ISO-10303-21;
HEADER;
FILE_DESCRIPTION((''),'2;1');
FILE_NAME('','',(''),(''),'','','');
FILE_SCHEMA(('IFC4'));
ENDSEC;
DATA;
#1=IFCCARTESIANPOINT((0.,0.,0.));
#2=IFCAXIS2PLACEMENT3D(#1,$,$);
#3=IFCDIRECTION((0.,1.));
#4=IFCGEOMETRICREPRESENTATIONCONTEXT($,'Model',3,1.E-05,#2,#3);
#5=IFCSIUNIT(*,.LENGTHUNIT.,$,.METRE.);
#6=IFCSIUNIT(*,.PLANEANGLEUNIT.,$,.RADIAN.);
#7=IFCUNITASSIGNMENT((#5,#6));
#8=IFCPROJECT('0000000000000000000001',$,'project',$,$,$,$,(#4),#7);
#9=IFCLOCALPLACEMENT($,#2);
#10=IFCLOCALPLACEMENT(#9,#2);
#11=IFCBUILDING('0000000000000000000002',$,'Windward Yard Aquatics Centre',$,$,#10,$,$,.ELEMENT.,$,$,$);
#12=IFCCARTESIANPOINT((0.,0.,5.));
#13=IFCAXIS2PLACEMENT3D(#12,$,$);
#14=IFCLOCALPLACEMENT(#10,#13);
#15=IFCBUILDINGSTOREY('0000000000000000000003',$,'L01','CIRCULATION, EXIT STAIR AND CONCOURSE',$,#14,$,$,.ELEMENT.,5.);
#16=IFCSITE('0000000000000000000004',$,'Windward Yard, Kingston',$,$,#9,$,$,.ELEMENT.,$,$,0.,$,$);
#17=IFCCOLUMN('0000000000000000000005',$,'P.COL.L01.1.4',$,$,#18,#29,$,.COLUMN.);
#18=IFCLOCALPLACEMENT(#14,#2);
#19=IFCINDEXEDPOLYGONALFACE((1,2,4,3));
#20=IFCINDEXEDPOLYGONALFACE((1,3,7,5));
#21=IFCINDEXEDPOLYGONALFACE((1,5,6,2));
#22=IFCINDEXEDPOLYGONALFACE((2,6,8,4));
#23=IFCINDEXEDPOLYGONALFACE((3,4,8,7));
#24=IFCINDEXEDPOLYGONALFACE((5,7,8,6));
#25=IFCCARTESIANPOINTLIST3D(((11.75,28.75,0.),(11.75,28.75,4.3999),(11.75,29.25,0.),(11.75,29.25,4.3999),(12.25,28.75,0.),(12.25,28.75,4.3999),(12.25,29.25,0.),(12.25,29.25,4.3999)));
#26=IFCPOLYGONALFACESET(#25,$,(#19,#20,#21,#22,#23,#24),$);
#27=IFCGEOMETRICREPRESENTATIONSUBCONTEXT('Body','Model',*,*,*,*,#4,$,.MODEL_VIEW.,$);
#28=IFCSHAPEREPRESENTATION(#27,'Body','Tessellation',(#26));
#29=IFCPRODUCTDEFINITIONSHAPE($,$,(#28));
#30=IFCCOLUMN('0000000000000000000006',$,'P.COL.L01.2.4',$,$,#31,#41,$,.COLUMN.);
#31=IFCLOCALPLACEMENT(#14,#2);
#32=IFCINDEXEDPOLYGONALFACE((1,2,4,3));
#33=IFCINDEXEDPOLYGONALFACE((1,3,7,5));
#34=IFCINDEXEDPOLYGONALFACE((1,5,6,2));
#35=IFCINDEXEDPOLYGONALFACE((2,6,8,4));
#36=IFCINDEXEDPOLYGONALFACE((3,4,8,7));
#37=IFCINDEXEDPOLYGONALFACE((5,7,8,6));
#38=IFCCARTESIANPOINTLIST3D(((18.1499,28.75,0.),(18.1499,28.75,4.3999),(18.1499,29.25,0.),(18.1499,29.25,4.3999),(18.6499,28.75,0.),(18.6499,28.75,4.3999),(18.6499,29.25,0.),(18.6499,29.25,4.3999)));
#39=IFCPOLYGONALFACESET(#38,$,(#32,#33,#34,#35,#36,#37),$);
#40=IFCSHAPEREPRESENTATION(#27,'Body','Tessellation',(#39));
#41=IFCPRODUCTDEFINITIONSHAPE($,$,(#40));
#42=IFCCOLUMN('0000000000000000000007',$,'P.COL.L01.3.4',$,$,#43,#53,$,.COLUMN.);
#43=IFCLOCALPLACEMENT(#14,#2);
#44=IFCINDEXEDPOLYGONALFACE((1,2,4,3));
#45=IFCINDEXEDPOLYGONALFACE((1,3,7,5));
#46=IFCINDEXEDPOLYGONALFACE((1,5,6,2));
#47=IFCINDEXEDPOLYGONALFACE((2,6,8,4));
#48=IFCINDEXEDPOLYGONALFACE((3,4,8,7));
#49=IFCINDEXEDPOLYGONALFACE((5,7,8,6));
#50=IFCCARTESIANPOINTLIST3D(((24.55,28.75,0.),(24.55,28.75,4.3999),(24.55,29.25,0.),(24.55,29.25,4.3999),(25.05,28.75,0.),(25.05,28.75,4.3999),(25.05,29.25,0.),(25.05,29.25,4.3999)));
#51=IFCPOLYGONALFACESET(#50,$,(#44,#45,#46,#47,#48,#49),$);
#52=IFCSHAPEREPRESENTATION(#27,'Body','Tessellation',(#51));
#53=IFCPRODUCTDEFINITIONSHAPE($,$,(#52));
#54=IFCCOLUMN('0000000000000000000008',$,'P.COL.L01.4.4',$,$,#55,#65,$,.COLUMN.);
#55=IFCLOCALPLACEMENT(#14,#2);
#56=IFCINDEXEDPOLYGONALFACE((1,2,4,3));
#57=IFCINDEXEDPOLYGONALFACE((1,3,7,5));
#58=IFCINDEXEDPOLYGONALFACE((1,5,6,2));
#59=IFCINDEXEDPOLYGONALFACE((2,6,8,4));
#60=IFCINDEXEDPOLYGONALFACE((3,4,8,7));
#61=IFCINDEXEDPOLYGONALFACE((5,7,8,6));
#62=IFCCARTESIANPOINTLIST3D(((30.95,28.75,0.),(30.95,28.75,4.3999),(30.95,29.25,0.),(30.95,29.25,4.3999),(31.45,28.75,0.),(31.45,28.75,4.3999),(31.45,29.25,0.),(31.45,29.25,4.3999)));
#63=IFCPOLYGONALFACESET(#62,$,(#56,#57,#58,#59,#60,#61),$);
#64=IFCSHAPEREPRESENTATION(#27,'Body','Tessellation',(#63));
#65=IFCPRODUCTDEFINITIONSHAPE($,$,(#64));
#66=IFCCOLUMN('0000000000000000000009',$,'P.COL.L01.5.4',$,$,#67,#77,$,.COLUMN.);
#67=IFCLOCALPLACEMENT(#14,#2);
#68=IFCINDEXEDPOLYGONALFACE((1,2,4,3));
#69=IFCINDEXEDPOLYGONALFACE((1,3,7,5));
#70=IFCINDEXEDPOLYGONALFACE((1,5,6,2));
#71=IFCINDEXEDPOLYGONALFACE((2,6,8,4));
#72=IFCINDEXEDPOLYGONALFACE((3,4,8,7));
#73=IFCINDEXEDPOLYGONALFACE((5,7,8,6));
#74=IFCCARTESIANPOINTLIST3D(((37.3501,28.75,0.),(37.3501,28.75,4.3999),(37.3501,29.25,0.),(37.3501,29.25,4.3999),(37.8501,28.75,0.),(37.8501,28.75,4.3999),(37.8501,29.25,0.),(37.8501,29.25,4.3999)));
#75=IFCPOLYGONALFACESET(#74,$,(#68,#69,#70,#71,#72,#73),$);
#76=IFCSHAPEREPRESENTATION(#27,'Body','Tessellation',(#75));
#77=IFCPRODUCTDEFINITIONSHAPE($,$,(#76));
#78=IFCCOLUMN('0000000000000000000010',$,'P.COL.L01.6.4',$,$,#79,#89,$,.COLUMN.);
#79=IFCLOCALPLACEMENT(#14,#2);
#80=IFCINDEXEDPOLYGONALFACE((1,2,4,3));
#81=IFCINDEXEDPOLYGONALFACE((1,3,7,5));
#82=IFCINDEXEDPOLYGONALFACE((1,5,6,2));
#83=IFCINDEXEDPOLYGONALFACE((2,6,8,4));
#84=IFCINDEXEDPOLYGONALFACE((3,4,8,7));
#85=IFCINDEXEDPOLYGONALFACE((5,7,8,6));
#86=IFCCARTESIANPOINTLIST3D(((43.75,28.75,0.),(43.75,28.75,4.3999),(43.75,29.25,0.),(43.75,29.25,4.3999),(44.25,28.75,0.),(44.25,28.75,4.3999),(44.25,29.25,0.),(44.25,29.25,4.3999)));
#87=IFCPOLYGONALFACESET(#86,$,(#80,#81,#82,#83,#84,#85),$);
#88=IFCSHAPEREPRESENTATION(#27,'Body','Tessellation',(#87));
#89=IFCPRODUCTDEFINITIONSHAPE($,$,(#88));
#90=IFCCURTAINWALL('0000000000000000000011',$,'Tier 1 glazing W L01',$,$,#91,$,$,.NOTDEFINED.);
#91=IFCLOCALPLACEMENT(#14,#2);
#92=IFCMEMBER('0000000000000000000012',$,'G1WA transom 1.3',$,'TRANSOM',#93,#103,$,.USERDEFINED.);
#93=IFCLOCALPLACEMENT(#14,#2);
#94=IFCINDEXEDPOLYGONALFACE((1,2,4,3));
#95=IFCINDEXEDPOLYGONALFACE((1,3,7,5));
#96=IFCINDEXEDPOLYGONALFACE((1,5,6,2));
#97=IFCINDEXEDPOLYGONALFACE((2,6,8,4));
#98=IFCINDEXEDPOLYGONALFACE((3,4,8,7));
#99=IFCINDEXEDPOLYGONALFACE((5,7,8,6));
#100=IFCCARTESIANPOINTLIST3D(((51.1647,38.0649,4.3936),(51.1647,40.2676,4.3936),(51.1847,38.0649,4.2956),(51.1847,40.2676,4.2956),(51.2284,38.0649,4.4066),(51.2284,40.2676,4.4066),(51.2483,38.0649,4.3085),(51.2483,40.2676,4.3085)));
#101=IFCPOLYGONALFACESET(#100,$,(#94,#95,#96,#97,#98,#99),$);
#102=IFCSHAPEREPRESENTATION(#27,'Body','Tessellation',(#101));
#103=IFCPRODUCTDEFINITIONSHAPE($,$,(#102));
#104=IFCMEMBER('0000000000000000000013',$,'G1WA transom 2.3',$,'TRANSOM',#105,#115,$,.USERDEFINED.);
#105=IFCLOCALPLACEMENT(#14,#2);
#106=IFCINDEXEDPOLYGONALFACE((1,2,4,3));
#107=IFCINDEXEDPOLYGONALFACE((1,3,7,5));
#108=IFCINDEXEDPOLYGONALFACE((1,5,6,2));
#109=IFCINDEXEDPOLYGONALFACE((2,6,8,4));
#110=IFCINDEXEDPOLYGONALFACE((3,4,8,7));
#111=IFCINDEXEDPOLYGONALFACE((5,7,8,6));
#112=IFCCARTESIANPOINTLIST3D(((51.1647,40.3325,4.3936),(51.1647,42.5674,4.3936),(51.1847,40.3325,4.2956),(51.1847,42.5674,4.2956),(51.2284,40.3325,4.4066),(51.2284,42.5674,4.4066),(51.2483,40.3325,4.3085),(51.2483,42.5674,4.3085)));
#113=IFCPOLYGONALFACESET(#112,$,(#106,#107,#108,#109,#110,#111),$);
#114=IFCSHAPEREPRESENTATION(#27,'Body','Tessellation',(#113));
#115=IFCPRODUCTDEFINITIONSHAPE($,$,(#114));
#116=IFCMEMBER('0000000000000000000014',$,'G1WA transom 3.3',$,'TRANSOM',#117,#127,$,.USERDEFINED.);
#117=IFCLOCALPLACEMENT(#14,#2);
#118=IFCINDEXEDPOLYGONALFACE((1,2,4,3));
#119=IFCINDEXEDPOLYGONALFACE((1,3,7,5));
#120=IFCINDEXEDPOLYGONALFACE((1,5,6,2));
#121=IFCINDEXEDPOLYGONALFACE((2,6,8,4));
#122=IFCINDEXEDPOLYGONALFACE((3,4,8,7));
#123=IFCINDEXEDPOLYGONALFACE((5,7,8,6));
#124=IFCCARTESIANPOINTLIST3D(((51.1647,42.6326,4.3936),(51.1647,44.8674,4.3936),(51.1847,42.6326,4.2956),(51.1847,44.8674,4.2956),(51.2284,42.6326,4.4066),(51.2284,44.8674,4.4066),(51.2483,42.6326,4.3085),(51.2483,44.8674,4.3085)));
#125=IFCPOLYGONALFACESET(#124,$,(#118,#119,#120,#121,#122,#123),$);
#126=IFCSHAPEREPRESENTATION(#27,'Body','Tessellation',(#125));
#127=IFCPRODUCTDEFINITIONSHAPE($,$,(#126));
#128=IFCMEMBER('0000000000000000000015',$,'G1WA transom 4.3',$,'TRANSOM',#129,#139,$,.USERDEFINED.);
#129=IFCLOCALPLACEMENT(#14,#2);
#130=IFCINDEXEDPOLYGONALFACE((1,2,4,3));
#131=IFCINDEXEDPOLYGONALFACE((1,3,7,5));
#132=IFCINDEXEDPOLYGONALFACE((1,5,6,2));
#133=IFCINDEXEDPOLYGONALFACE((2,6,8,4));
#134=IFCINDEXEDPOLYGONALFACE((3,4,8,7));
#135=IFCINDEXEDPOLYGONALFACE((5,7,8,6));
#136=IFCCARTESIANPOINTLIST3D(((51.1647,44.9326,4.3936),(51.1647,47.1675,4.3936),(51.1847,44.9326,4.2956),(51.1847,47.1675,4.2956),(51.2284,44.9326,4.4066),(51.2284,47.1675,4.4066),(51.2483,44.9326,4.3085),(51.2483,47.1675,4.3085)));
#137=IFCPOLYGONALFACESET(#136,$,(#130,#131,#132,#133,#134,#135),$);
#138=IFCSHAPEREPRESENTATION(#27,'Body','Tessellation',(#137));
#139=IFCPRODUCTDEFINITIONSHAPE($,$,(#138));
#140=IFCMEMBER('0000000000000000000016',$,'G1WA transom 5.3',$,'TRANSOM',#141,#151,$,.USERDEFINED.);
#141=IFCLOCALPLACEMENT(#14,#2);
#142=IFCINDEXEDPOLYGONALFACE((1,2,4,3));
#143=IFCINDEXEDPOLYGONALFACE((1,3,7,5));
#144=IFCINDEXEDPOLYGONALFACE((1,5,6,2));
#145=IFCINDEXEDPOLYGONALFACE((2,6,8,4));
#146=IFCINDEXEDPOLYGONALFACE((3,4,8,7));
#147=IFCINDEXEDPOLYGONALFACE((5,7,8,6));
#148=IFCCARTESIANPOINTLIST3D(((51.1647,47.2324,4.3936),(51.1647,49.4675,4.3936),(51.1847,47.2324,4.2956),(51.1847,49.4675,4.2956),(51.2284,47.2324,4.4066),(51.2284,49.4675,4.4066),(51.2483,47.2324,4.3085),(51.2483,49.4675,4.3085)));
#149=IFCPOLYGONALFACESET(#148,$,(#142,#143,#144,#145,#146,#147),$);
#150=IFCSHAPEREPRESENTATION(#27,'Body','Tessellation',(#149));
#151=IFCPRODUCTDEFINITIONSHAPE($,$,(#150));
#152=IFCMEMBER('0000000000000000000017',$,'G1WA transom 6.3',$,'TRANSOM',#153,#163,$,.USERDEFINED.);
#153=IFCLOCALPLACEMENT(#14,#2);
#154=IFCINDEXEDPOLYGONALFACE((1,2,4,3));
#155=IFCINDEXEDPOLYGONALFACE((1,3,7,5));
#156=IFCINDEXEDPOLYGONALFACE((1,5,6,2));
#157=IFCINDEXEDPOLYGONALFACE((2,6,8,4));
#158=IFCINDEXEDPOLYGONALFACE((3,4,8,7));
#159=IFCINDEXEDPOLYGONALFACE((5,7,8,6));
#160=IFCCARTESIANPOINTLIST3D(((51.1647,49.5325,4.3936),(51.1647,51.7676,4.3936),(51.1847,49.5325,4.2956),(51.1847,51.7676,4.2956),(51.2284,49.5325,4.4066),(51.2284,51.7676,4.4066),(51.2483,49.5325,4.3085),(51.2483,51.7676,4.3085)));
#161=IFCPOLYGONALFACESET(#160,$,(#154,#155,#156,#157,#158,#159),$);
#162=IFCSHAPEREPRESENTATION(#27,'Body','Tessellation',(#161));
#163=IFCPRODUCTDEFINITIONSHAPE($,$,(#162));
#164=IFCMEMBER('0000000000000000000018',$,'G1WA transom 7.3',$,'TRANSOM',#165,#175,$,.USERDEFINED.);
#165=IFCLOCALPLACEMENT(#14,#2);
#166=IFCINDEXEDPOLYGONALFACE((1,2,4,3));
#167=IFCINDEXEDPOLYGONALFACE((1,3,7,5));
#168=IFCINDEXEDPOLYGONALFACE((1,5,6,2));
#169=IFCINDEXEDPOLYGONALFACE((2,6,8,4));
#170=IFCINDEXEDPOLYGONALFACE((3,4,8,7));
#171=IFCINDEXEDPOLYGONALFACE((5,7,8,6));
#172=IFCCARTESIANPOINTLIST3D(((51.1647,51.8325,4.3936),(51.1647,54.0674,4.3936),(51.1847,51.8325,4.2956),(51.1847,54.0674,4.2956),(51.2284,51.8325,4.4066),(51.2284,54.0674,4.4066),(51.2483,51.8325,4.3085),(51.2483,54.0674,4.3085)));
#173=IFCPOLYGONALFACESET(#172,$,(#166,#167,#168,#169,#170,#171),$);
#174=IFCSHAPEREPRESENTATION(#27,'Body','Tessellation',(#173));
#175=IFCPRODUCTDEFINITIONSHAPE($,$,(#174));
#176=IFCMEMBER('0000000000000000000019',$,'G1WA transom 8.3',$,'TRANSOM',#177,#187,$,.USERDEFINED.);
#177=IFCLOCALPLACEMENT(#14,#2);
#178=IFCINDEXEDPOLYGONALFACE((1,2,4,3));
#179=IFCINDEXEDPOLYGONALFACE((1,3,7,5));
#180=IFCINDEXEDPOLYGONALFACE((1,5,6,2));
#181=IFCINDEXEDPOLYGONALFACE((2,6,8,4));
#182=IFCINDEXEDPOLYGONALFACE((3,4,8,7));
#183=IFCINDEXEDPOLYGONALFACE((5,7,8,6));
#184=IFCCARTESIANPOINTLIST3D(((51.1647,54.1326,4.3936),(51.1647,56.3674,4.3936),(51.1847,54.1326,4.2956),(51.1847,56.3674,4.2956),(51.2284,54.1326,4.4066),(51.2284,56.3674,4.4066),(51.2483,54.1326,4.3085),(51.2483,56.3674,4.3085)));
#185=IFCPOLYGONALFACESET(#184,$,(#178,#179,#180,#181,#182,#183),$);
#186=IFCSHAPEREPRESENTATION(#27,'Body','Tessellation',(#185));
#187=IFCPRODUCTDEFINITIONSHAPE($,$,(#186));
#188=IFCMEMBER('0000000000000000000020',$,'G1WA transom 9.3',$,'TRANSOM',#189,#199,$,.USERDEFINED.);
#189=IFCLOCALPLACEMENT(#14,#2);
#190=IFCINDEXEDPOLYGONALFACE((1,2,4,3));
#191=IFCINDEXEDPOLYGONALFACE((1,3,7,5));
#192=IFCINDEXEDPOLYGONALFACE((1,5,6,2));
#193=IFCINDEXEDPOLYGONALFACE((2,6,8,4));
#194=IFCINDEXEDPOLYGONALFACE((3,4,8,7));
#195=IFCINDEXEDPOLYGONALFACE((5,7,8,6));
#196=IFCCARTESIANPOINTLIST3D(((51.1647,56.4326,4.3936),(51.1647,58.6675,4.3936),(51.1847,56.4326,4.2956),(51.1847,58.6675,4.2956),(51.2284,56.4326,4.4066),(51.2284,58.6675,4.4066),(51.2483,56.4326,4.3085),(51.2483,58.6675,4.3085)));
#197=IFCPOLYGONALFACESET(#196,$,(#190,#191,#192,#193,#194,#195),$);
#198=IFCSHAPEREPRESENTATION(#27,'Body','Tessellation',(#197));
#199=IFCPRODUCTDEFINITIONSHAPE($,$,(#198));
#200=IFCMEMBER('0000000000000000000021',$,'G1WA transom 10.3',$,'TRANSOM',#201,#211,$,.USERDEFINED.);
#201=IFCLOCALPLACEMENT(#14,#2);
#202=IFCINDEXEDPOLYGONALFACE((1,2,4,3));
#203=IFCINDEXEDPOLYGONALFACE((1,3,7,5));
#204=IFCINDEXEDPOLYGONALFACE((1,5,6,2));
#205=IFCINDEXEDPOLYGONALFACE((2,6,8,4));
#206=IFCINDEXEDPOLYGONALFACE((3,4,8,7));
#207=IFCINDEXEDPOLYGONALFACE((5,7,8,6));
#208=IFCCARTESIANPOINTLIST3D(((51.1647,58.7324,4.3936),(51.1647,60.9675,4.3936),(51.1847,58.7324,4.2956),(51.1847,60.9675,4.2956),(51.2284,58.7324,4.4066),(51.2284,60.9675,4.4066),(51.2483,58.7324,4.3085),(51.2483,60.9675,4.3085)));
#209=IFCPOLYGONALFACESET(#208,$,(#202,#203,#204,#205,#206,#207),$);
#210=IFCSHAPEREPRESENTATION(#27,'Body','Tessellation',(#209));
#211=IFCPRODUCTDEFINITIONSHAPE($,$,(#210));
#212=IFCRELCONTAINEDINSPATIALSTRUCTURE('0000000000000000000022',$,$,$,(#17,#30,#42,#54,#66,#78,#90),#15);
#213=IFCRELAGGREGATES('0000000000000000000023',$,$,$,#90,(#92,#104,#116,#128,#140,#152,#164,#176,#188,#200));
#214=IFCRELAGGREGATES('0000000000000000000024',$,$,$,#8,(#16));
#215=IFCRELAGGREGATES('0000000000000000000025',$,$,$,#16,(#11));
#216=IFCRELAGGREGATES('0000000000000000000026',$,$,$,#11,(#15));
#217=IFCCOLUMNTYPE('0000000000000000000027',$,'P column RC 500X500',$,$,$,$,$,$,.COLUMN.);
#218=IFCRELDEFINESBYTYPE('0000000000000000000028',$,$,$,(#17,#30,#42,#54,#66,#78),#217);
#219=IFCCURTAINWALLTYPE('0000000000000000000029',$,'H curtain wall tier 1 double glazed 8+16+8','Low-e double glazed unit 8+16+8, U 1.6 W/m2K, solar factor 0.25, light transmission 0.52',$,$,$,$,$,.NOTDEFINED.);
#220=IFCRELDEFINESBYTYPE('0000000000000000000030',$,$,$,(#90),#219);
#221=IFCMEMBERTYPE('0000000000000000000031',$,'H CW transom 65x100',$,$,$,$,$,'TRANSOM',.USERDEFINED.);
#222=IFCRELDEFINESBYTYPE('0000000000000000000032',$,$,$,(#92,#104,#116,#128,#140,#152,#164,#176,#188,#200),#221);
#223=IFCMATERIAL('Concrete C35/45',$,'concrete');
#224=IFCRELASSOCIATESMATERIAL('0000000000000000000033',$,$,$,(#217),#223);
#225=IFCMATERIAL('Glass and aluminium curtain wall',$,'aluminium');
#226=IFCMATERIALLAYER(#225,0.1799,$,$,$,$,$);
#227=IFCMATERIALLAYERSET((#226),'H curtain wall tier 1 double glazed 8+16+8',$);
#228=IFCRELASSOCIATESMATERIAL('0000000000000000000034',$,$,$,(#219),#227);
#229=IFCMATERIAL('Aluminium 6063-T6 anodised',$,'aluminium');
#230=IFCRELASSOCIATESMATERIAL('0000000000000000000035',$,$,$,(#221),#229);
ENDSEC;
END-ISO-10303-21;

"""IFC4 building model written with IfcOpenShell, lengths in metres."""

from ifc_helpers import new_model, si_unit, direction, frame, origin, origin_2d, place, context, subcontext, project, spatial, rectangle, extrude, material, layer, layer_set, material_profile, profile_set, type_object, element, aggregate, save


model = new_model("IFC4")

# Units and contexts
model_context = context("Model", 3, precision=1e-05, world=origin(), true_north=direction((0.0, 1.0)))
body_context = subcontext(model_context, "Body", "Model", "MODEL_VIEW")
ifc_project = project(units=[si_unit("LENGTHUNIT", "METRE"), si_unit("PLANEANGLEUNIT", "RADIAN")], contexts=[model_context])

# Site, building, storey
site_placement = place(None, origin())
site = spatial("IfcSite", under=ifc_project, at=site_placement, Name="Windward Yard, Kingston", CompositionType="ELEMENT", RefElevation=0.0)
building_placement = place(site_placement, origin())
building = spatial("IfcBuilding", under=site, at=building_placement, Name="Windward Yard Aquatics Centre", CompositionType="ELEMENT")
storey_placement = place(building_placement, frame((0.0, 0.0, 5.0)))
storey = spatial("IfcBuildingStorey", under=building, at=storey_placement, Name="L01", Description="CIRCULATION, EXIT STAIR AND CONCOURSE", CompositionType="ELEMENT", Elevation=5.0)

# Columns
ifc_material_1 = material(Name="Concrete C35/45", Category="concrete")
ifc_material_profile_1 = material_profile(ifc_material_1, rectangle(XDim=0.5, YDim=0.5, at=origin_2d()), Name="RC 500X500")
ifc_profile_set_1 = profile_set([ifc_material_profile_1], Name="Concrete C35/45")
column_type = type_object("IfcColumnType", Name="P column RC 500X500", PredefinedType="COLUMN", material=ifc_profile_set_1)
for number, where, z_axis, x_axis, name in (
    (1, (12.0, 29.0, 0.0), (0.0, 0.0, 1.0), (1.0, 0.0, 0.0), "P.COL.L01.1.4"),
    (2, (18.3999, 29.0, 0.0), (0.0, 0.0, 1.0), (1.0, 0.0, 0.0), "P.COL.L01.2.4"),
    (3, (24.8, 29.0, 0.0), (0.0, 0.0, 1.0), (1.0, 0.0, 0.0), "P.COL.L01.3.4"),
    (4, (31.2, 29.0, 0.0), (0.0, 0.0, 1.0), (1.0, 0.0, 0.0), "P.COL.L01.4.4"),
    (5, (37.6001, 29.0, 0.0), (0.0, 0.0, 1.0), (1.0, 0.0, 0.0), "P.COL.L01.5.4"),
    (6, (44.0, 29.0, 0.0), (0.0, 0.0, 1.0), (1.0, 0.0, 0.0), "P.COL.L01.6.4"),
):
    element("IfcColumn", number, at=place(storey_placement, frame(where, z_axis=z_axis, x_axis=x_axis)), inside=storey, type_object=column_type, Name=name, PredefinedType="COLUMN", context=body_context, shape_type="SweptSolid", body=[
        extrude(rectangle(XDim=0.5, YDim=0.5, at=origin_2d()), origin(), (0.0, 0.0, 1.0), 4.3999),
    ])

# Curtain wall, members
ifc_material_2 = material(Name="Glass and aluminium curtain wall", Category="aluminium")
ifc_layer_1 = layer(ifc_material_2, 0.1799)
ifc_layer_set_1 = layer_set([ifc_layer_1], Name="H curtain wall tier 1 double glazed 8+16+8")
curtain_wall_type = type_object("IfcCurtainWallType", Name="H curtain wall tier 1 double glazed 8+16+8", Description="Low-e double glazed unit 8+16+8, U 1.6 W/m2K, solar factor 0.25, light transmission 0.52", PredefinedType="NOTDEFINED", material=ifc_layer_set_1)
curtain_wall_placement = place(storey_placement, origin())
curtain_wall = element("IfcCurtainWall", 7, at=curtain_wall_placement, inside=storey, type_object=curtain_wall_type, Name="Tier 1 glazing W L01", PredefinedType="NOTDEFINED")
ifc_material_3 = material(Name="Aluminium 6063-T6 anodised", Category="aluminium")
ifc_material_profile_2 = material_profile(ifc_material_3, rectangle(XDim=0.0649, YDim=0.1001, at=origin_2d()), Name="H CW transom 65x100")
ifc_profile_set_2 = profile_set([ifc_material_profile_2], Name="Aluminium 6063-T6 anodised")
member_type = type_object("IfcMemberType", Name="H CW transom 65x100", ElementType="TRANSOM", PredefinedType="USERDEFINED", material=ifc_profile_set_2)
member_1_placement = place(storey_placement, frame((51.2065, 38.0649, 4.3511), z_axis=(0.0, 1.0, 0.0), x_axis=(0.979925, 0.0, 0.199368)))
member_1 = element("IfcMember", 8, at=member_1_placement, type_object=member_type, Name="G1WA transom 1.3", ObjectType="TRANSOM", PredefinedType="USERDEFINED", context=body_context, shape_type="SweptSolid", body=[
    extrude(rectangle(XDim=0.0649, YDim=0.1001, at=origin_2d()), origin(), (0.0, 0.0, 1.0), 2.2026),
])
member_2_placement = place(storey_placement, frame((51.2065, 40.3325, 4.3511), z_axis=(0.0, 1.0, 0.0), x_axis=(0.979925, 0.0, 0.199368)))
member_2 = element("IfcMember", 9, at=member_2_placement, type_object=member_type, Name="G1WA transom 2.3", ObjectType="TRANSOM", PredefinedType="USERDEFINED", context=body_context, shape_type="SweptSolid", body=[
    extrude(rectangle(XDim=0.0649, YDim=0.1001, at=origin_2d()), origin(), (0.0, 0.0, 1.0), 2.2349),
])
member_3_placement = place(storey_placement, frame((51.2065, 42.6326, 4.3511), z_axis=(0.0, 1.0, 0.0), x_axis=(0.979925, 0.0, 0.199368)))
member_3 = element("IfcMember", 10, at=member_3_placement, type_object=member_type, Name="G1WA transom 3.3", ObjectType="TRANSOM", PredefinedType="USERDEFINED", context=body_context, shape_type="SweptSolid", body=[
    extrude(rectangle(XDim=0.0649, YDim=0.1001, at=origin_2d()), origin(), (0.0, 0.0, 1.0), 2.2349),
])
member_4_placement = place(storey_placement, frame((51.2065, 44.9326, 4.3511), z_axis=(0.0, 1.0, 0.0), x_axis=(0.979925, 0.0, 0.199368)))
member_4 = element("IfcMember", 11, at=member_4_placement, type_object=member_type, Name="G1WA transom 4.3", ObjectType="TRANSOM", PredefinedType="USERDEFINED", context=body_context, shape_type="SweptSolid", body=[
    extrude(rectangle(XDim=0.0649, YDim=0.1001, at=origin_2d()), origin(), (0.0, 0.0, 1.0), 2.2349),
])
member_5_placement = place(storey_placement, frame((51.2065, 47.2324, 4.3511), z_axis=(0.0, 1.0, 0.0), x_axis=(0.979925, 0.0, 0.199368)))
member_5 = element("IfcMember", 12, at=member_5_placement, type_object=member_type, Name="G1WA transom 5.3", ObjectType="TRANSOM", PredefinedType="USERDEFINED", context=body_context, shape_type="SweptSolid", body=[
    extrude(rectangle(XDim=0.0649, YDim=0.1001, at=origin_2d()), origin(), (0.0, 0.0, 1.0), 2.2351),
])
member_6_placement = place(storey_placement, frame((51.2065, 49.5325, 4.3511), z_axis=(0.0, 1.0, 0.0), x_axis=(0.979925, 0.0, 0.199368)))
member_6 = element("IfcMember", 13, at=member_6_placement, type_object=member_type, Name="G1WA transom 6.3", ObjectType="TRANSOM", PredefinedType="USERDEFINED", context=body_context, shape_type="SweptSolid", body=[
    extrude(rectangle(XDim=0.0649, YDim=0.1001, at=origin_2d()), origin(), (0.0, 0.0, 1.0), 2.2351),
])
member_7_placement = place(storey_placement, frame((51.2065, 51.8325, 4.3511), z_axis=(0.0, 1.0, 0.0), x_axis=(0.979925, 0.0, 0.199368)))
member_7 = element("IfcMember", 14, at=member_7_placement, type_object=member_type, Name="G1WA transom 7.3", ObjectType="TRANSOM", PredefinedType="USERDEFINED", context=body_context, shape_type="SweptSolid", body=[
    extrude(rectangle(XDim=0.0649, YDim=0.1001, at=origin_2d()), origin(), (0.0, 0.0, 1.0), 2.2349),
])
member_8_placement = place(storey_placement, frame((51.2065, 54.1326, 4.3511), z_axis=(0.0, 1.0, 0.0), x_axis=(0.979925, 0.0, 0.199368)))
member_8 = element("IfcMember", 15, at=member_8_placement, type_object=member_type, Name="G1WA transom 8.3", ObjectType="TRANSOM", PredefinedType="USERDEFINED", context=body_context, shape_type="SweptSolid", body=[
    extrude(rectangle(XDim=0.0649, YDim=0.1001, at=origin_2d()), origin(), (0.0, 0.0, 1.0), 2.2349),
])
member_9_placement = place(storey_placement, frame((51.2065, 56.4326, 4.3511), z_axis=(0.0, 1.0, 0.0), x_axis=(0.979925, 0.0, 0.199368)))
member_9 = element("IfcMember", 16, at=member_9_placement, type_object=member_type, Name="G1WA transom 9.3", ObjectType="TRANSOM", PredefinedType="USERDEFINED", context=body_context, shape_type="SweptSolid", body=[
    extrude(rectangle(XDim=0.0649, YDim=0.1001, at=origin_2d()), origin(), (0.0, 0.0, 1.0), 2.2349),
])
member_10_placement = place(storey_placement, frame((51.2065, 58.7324, 4.3511), z_axis=(0.0, 1.0, 0.0), x_axis=(0.979925, 0.0, 0.199368)))
member_10 = element("IfcMember", 17, at=member_10_placement, type_object=member_type, Name="G1WA transom 10.3", ObjectType="TRANSOM", PredefinedType="USERDEFINED", context=body_context, shape_type="SweptSolid", body=[
    extrude(rectangle(XDim=0.0649, YDim=0.1001, at=origin_2d()), origin(), (0.0, 0.0, 1.0), 2.2351),
])
aggregate(curtain_wall, [member_1, member_2, member_3, member_4, member_5, member_6, member_7, member_8, member_9, member_10])

save(model, "model.ifc")
